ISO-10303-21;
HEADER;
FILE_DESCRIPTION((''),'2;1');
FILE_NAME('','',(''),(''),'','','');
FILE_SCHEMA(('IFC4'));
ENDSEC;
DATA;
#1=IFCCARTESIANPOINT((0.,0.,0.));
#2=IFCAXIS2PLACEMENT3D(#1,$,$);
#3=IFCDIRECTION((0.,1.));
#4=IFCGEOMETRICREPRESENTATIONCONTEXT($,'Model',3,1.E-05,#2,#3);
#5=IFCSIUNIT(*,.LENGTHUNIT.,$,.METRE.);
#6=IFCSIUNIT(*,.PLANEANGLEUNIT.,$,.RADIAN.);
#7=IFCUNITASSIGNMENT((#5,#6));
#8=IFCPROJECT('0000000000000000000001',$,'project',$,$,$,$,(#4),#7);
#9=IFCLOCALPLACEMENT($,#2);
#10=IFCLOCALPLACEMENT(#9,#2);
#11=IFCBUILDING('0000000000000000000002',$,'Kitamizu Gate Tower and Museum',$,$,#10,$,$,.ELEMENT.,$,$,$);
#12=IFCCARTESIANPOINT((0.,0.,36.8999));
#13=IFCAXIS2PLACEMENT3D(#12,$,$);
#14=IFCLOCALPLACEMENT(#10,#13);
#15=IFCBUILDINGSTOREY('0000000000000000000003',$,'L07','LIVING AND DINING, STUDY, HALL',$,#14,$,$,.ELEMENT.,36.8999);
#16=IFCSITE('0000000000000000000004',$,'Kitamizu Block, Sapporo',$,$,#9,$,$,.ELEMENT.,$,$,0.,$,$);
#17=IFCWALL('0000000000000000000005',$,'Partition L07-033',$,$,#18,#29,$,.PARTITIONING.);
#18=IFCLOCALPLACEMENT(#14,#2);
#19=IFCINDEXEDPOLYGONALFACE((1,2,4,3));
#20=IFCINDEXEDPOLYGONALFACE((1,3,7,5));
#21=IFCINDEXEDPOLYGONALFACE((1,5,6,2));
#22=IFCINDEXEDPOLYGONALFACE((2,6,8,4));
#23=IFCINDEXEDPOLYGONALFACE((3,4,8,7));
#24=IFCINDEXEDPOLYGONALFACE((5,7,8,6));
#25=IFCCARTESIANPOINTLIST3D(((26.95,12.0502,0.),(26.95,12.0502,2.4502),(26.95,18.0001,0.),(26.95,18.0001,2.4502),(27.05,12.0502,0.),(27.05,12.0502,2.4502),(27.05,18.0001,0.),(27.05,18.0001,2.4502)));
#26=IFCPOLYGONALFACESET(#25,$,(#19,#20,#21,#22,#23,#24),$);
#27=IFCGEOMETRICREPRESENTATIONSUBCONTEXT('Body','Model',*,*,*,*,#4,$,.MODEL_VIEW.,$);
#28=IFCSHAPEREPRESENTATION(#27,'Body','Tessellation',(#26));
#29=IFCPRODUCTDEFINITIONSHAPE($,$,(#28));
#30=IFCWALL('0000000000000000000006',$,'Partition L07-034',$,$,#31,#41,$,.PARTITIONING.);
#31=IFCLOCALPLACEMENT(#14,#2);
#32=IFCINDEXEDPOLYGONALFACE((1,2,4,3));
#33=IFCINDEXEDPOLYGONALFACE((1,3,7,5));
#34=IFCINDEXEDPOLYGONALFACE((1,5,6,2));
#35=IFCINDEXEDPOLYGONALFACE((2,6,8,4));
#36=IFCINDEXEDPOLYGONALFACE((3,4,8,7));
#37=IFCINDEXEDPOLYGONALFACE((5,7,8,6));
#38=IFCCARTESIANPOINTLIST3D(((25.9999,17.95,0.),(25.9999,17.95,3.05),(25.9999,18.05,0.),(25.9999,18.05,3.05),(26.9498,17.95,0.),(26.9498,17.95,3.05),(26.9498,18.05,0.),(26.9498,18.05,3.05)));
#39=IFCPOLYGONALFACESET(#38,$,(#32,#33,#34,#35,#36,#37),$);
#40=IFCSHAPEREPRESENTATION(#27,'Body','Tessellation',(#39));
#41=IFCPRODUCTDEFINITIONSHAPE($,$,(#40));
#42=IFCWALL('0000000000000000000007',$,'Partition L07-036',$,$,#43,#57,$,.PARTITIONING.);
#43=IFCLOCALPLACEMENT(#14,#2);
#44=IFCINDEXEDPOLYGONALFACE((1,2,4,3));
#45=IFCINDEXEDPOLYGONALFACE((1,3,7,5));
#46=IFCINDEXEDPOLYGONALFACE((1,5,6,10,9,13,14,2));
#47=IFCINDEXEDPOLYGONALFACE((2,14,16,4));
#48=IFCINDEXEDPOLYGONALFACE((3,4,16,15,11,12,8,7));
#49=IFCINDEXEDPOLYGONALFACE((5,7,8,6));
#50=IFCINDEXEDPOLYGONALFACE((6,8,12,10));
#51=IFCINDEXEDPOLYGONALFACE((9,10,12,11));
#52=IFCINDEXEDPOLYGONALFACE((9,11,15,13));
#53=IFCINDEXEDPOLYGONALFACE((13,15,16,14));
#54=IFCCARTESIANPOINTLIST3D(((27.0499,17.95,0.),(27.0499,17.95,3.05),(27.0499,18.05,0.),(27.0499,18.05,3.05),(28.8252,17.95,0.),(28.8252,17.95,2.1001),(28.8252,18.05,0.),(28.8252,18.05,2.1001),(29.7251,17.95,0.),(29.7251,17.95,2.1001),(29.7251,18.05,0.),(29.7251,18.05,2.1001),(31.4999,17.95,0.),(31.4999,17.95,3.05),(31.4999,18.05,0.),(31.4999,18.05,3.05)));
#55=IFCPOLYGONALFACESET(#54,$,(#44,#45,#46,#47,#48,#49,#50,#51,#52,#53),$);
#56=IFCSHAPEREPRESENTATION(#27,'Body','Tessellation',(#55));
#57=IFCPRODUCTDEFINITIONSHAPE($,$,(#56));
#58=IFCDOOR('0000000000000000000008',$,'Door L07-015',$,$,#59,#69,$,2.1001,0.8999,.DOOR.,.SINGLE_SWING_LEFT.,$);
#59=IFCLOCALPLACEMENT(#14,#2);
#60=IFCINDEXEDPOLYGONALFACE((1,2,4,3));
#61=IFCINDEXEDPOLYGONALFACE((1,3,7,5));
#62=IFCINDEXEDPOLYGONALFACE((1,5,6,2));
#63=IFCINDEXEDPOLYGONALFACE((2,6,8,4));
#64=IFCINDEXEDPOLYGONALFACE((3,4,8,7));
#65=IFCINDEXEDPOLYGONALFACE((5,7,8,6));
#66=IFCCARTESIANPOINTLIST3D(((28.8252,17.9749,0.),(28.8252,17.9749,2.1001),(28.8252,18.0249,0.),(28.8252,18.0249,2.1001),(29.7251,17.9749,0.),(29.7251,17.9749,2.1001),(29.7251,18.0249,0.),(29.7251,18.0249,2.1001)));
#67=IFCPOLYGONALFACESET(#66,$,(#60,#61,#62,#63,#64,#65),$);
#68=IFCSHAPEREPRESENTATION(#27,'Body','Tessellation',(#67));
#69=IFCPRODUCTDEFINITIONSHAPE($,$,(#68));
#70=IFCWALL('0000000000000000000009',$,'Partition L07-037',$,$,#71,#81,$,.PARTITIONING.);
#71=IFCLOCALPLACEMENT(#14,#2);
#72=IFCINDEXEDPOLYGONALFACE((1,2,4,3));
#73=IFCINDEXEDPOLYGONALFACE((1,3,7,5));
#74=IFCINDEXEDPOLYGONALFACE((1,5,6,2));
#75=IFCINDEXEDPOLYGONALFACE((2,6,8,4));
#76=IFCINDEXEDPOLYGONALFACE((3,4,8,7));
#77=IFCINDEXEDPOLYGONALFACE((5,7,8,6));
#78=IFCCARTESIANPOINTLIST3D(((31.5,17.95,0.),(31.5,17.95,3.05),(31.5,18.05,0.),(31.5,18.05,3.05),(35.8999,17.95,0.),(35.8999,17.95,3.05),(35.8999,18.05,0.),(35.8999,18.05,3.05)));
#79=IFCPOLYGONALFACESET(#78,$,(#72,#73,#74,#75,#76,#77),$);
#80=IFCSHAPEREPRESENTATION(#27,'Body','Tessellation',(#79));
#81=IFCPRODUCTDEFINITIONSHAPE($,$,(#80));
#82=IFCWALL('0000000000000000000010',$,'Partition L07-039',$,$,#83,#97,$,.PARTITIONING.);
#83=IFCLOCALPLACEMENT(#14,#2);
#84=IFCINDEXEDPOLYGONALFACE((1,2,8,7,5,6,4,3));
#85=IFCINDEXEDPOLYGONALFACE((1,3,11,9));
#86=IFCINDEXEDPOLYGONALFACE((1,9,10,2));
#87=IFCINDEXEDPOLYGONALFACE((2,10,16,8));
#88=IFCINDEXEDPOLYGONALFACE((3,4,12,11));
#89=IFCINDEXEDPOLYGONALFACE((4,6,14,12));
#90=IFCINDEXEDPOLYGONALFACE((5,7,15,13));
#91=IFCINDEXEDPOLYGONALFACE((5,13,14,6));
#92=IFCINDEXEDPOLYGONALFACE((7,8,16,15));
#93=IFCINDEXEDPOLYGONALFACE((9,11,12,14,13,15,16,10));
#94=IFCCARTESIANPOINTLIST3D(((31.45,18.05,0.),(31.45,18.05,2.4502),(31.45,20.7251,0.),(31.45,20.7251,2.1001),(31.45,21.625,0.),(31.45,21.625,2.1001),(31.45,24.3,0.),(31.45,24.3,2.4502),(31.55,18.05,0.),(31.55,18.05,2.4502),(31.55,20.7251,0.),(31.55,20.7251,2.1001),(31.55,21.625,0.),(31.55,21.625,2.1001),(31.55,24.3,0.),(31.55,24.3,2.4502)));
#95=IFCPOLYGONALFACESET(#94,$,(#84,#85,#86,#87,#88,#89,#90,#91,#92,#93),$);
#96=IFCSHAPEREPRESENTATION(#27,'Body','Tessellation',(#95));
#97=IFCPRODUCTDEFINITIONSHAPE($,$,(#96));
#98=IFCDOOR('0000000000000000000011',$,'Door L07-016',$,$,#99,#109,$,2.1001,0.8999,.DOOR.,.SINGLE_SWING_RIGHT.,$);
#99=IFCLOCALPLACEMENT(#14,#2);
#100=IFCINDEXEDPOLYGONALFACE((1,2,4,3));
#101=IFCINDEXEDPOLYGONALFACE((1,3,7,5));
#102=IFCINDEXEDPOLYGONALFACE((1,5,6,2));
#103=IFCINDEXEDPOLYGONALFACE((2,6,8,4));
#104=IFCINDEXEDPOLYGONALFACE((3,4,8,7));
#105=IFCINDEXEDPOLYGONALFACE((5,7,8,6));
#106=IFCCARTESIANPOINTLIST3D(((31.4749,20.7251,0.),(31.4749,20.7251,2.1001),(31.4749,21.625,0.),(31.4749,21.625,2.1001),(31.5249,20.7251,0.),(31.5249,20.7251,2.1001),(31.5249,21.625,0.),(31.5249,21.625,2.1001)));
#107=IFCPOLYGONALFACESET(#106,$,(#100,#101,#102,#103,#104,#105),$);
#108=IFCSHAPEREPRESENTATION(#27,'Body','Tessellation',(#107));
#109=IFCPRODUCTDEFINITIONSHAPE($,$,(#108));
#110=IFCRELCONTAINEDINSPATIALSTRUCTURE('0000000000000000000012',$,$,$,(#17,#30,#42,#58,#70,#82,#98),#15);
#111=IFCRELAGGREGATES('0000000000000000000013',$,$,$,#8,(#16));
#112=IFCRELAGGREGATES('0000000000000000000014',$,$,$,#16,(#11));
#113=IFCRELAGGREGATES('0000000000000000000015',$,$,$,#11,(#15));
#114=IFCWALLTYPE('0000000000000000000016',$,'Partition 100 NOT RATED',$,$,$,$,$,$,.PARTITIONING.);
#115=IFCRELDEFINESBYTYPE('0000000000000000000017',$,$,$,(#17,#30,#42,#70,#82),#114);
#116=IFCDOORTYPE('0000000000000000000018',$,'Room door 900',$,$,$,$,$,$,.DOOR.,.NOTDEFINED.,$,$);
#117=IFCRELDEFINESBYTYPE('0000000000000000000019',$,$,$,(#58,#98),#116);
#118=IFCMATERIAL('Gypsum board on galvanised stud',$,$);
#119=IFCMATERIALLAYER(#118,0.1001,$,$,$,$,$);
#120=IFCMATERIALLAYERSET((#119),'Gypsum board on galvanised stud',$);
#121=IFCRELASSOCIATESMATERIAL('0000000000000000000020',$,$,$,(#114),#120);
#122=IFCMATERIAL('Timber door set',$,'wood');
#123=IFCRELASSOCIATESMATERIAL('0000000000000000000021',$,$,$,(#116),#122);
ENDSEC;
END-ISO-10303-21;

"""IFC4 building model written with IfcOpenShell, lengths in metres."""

from ifc_helpers import new_model, si_unit, direction, frame, frame_2d, origin, place, context, subcontext, project, spatial, rectangle, extrude, material, layer, layer_set, type_object, element, fill, save


model = new_model("IFC4")

# Units and contexts
model_context = context("Model", 3, precision=1e-05, world=origin(), true_north=direction((0.0, 1.0)))
body_context = subcontext(model_context, "Body", "Model", "MODEL_VIEW")
ifc_project = project(units=[si_unit("LENGTHUNIT", "METRE"), si_unit("PLANEANGLEUNIT", "RADIAN")], contexts=[model_context])

# Site, building, storey
site_placement = place(None, origin())
site = spatial("IfcSite", under=ifc_project, at=site_placement, Name="Kitamizu Block, Sapporo", CompositionType="ELEMENT", RefElevation=0.0)
building_placement = place(site_placement, origin())
building = spatial("IfcBuilding", under=site, at=building_placement, Name="Kitamizu Gate Tower and Museum", CompositionType="ELEMENT")
storey_placement = place(building_placement, frame((0.0, 0.0, 36.8999)))
storey = spatial("IfcBuildingStorey", under=building, at=storey_placement, Name="L07", Description="LIVING AND DINING, STUDY, HALL", CompositionType="ELEMENT", Elevation=36.8999)

# Shared definitions
ifc_material_1 = material(Name="Gypsum board on galvanised stud")
ifc_layer = layer(ifc_material_1, 0.1001)
ifc_layer_set = layer_set([ifc_layer], Name="Gypsum board on galvanised stud")
wall_type = type_object("IfcWallType", Name="Partition 100 NOT RATED", PredefinedType="PARTITIONING", material=ifc_layer_set)

# Shared definitions
ifc_material_2 = material(Name="Timber door set", Category="wood")
door_type = type_object("IfcDoorType", Name="Room door 900", OperationType="NOTDEFINED", PredefinedType="DOOR", material=ifc_material_2)

# Walls
wall_1_placement = place(storey_placement, frame((27.0, 12.05, 0.0), z_axis=(0.0, 0.0, 1.0), x_axis=(0.0, 1.0, 0.0)))
element("IfcWall", 1, at=wall_1_placement, inside=storey, type_object=wall_type, Name="Partition L07-033", PredefinedType="PARTITIONING", context=body_context, shape_type="SweptSolid", body=[
    extrude(rectangle(XDim=5.95, YDim=0.1001, at=frame_2d((2.9751, 0.0))), origin(), (0.0, 0.0, 1.0), 2.4502),
])
wall_2_placement = place(storey_placement, frame((26.95, 18.0, 0.0), z_axis=(0.0, 0.0, 1.0), x_axis=(-1.0, 0.0, 0.0)))
element("IfcWall", 2, at=wall_2_placement, inside=storey, type_object=wall_type, Name="Partition L07-034", PredefinedType="PARTITIONING", context=body_context, shape_type="SweptSolid", body=[
    extrude(rectangle(XDim=0.95, YDim=0.1001, at=frame_2d((0.4751, 0.0))), origin(), (0.0, 0.0, 1.0), 3.05),
])

# Wall, opening, door
wall_3_placement = place(storey_placement, frame((31.5, 18.0, 0.0), z_axis=(0.0, 0.0, 1.0), x_axis=(-1.0, 0.0, 0.0)))
wall_3 = element("IfcWall", 3, at=wall_3_placement, inside=storey, type_object=wall_type, Name="Partition L07-036", PredefinedType="PARTITIONING", context=body_context, shape_type="SweptSolid", body=[
    extrude(rectangle(XDim=4.45, YDim=0.1001, at=frame_2d((2.2251, 0.0))), origin(), (0.0, 0.0, 1.0), 3.05),
])
opening_1_placement = place(wall_3_placement, frame((1.7749, 0.0, 0.0)))
opening_1 = element("IfcOpeningElement", 4, at=opening_1_placement, cuts=wall_3, PredefinedType="OPENING", context=body_context, shape_type="SweptSolid", body=[
    extrude(rectangle(XDim=0.8999, YDim=2.1001, at=frame_2d((0.45, 1.05))), frame((0.0, 0.0601, 0.0), z_axis=(0.0, -1.0, 0.0), x_axis=(1.0, 0.0, 0.0)), (0.0, 0.0, 1.0), 0.1201),
])
door_1_placement = place(opening_1_placement, frame((0.8999, 0.0, 0.0), x_axis=(-1.0, 0.0, 0.0)))
door_1 = element("IfcDoor", 5, at=door_1_placement, inside=storey, type_object=door_type, Name="Door L07-015", OperationType="SINGLE_SWING_LEFT", OverallHeight=2.1001, OverallWidth=0.8999, PredefinedType="DOOR", context=body_context, shape_type="SweptSolid", body=[
    extrude(rectangle(XDim=0.8999, YDim=2.1001, at=frame_2d((0.45, 1.05))), frame((0.0, 0.0249, 0.0), z_axis=(0.0, -1.0, 0.0), x_axis=(1.0, 0.0, 0.0)), (0.0, 0.0, 1.0), 0.05),
])
fill(opening_1, door_1)

# Wall
wall_4_placement = place(storey_placement, frame((35.8999, 18.0, 0.0), z_axis=(0.0, 0.0, 1.0), x_axis=(-1.0, 0.0, 0.0)))
element("IfcWall", 6, at=wall_4_placement, inside=storey, type_object=wall_type, Name="Partition L07-037", PredefinedType="PARTITIONING", context=body_context, shape_type="SweptSolid", body=[
    extrude(rectangle(XDim=4.3999, YDim=0.1001, at=frame_2d((2.2, 0.0))), origin(), (0.0, 0.0, 1.0), 3.05),
])

# Wall, opening, door
wall_5_placement = place(storey_placement, frame((31.5, 18.05, 0.0), z_axis=(0.0, 0.0, 1.0), x_axis=(0.0, 1.0, 0.0)))
wall_5 = element("IfcWall", 7, at=wall_5_placement, inside=storey, type_object=wall_type, Name="Partition L07-039", PredefinedType="PARTITIONING", context=body_context, shape_type="SweptSolid", body=[
    extrude(rectangle(XDim=6.25, YDim=0.1001, at=frame_2d((3.125, 0.0))), origin(), (0.0, 0.0, 1.0), 2.4502),
])
opening_2_placement = place(wall_5_placement, frame((2.675, 0.0, 0.0)))
opening_2 = element("IfcOpeningElement", 8, at=opening_2_placement, cuts=wall_5, PredefinedType="OPENING", context=body_context, shape_type="SweptSolid", body=[
    extrude(rectangle(XDim=0.8999, YDim=2.1001, at=frame_2d((0.45, 1.05))), frame((0.0, 0.0601, 0.0), z_axis=(0.0, -1.0, 0.0), x_axis=(1.0, 0.0, 0.0)), (0.0, 0.0, 1.0), 0.1201),
])
door_2_placement = place(opening_2_placement, frame((0.8999, 0.0, 0.0), x_axis=(-1.0, 0.0, 0.0)))
door_2 = element("IfcDoor", 9, at=door_2_placement, inside=storey, type_object=door_type, Name="Door L07-016", OperationType="SINGLE_SWING_RIGHT", OverallHeight=2.1001, OverallWidth=0.8999, PredefinedType="DOOR", context=body_context, shape_type="SweptSolid", body=[
    extrude(rectangle(XDim=0.8999, YDim=2.1001, at=frame_2d((0.45, 1.05))), frame((0.0, 0.0249, 0.0), z_axis=(0.0, -1.0, 0.0), x_axis=(1.0, 0.0, 0.0)), (0.0, 0.0, 1.0), 0.05),
])
fill(opening_2, door_2)

save(model, "model.ifc")
